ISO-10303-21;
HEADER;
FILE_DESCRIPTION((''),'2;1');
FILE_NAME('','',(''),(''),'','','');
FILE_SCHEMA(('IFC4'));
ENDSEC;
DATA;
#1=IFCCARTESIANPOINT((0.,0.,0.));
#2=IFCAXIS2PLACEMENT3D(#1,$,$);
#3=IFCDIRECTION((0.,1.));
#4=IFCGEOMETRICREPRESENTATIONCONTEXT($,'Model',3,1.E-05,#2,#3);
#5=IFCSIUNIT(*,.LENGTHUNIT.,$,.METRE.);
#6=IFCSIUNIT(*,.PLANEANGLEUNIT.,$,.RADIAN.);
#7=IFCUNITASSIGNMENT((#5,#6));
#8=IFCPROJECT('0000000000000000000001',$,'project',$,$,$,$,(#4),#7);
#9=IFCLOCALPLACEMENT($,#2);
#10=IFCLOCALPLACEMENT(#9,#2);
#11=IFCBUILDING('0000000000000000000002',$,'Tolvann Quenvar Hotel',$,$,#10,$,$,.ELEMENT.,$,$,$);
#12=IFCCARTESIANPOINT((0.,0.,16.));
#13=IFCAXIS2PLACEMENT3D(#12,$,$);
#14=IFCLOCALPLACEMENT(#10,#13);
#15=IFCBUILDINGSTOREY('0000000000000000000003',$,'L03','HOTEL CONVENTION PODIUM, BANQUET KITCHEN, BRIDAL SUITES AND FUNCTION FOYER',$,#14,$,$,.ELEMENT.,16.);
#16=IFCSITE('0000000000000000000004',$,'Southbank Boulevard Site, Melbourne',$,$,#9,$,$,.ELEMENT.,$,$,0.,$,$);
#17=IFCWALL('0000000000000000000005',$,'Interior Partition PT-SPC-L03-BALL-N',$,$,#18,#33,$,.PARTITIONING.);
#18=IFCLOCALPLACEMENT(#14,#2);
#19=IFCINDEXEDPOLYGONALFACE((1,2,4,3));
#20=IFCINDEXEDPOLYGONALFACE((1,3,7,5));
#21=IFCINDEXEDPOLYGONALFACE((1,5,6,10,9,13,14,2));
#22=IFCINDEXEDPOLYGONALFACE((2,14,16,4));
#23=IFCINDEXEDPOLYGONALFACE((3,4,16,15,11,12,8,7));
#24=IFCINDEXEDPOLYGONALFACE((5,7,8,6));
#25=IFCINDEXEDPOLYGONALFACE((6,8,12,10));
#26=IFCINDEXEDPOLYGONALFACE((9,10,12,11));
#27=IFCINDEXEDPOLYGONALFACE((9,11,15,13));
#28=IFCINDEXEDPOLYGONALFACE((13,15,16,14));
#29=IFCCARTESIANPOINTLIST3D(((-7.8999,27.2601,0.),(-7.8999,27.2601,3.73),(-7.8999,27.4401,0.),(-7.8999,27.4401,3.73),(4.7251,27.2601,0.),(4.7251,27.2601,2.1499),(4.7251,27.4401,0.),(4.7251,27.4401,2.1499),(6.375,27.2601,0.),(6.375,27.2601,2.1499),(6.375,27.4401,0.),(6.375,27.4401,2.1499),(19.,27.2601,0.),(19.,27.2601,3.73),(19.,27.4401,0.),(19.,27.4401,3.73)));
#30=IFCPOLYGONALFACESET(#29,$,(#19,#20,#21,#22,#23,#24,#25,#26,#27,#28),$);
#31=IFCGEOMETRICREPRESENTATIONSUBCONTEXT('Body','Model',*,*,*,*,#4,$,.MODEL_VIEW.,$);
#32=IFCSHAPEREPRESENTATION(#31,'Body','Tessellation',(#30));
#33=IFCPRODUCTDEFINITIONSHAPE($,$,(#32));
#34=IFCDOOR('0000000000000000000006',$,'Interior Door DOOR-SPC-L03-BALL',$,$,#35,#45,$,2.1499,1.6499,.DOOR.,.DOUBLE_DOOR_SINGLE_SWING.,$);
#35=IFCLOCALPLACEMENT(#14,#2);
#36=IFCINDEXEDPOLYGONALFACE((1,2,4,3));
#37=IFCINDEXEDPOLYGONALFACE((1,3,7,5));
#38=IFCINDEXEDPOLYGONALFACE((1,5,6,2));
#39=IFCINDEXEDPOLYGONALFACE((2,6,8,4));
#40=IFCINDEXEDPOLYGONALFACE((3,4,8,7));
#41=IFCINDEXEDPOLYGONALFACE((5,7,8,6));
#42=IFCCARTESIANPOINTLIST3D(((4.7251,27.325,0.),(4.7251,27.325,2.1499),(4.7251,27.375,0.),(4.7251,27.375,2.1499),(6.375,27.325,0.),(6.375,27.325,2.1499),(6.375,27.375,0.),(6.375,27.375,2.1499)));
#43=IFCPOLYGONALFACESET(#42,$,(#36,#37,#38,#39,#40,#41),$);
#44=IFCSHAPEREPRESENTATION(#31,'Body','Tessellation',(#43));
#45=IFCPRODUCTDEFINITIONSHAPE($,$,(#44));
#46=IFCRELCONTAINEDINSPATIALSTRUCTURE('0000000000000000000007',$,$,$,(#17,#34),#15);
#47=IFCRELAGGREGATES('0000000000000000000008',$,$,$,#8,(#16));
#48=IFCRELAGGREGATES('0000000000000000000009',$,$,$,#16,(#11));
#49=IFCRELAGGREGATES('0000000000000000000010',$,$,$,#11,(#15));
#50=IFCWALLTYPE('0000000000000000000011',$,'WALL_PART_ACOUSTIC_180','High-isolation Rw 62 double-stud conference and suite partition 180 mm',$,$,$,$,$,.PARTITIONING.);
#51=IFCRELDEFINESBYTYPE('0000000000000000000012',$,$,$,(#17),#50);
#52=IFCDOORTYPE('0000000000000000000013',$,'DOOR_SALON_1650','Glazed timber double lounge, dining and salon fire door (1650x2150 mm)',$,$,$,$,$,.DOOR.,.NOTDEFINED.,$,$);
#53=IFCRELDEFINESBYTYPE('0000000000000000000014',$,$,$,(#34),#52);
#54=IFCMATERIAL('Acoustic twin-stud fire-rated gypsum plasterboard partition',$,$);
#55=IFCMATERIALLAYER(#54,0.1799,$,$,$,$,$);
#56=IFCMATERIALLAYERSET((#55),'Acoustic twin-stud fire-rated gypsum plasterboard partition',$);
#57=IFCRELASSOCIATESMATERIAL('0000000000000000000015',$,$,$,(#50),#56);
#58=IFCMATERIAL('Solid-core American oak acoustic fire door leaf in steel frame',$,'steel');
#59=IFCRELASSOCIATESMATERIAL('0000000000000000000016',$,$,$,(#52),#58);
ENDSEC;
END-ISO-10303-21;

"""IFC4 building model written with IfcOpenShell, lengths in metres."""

from ifc_helpers import new_model, si_unit, direction, frame, frame_2d, origin, place, context, subcontext, project, spatial, rectangle, extrude, source, transform, mapped, material, layer, layer_set, type_object, type_shapes, element, fill, save


model = new_model("IFC4")

# Units and contexts
model_context = context("Model", 3, precision=1e-05, world=origin(), true_north=direction((0.0, 1.0)))
body_context = subcontext(model_context, "Body", "Model", "MODEL_VIEW")
ifc_project = project(units=[si_unit("LENGTHUNIT", "METRE"), si_unit("PLANEANGLEUNIT", "RADIAN")], contexts=[model_context])

# Site, building, storey
site_placement = place(None, origin())
site = spatial("IfcSite", under=ifc_project, at=site_placement, Name="Southbank Boulevard Site, Melbourne", CompositionType="ELEMENT", RefElevation=0.0)
building_placement = place(site_placement, origin())
building = spatial("IfcBuilding", under=site, at=building_placement, Name="Tolvann Quenvar Hotel", CompositionType="ELEMENT")
storey_placement = place(building_placement, frame((0.0, 0.0, 16.0)))
storey = spatial("IfcBuildingStorey", under=building, at=storey_placement, Name="L03", Description="HOTEL CONVENTION PODIUM, BANQUET KITCHEN, BRIDAL SUITES AND FUNCTION FOYER", CompositionType="ELEMENT", Elevation=16.0)

# Shared definitions
ifc_material_1 = material(Name="Solid-core American oak acoustic fire door leaf in steel frame", Category="steel")

# Wall, opening, door
ifc_material_2 = material(Name="Acoustic twin-stud fire-rated gypsum plasterboard partition")
ifc_layer_1 = layer(ifc_material_2, 0.1799)
ifc_layer_set_1 = layer_set([ifc_layer_1], Name="Acoustic twin-stud fire-rated gypsum plasterboard partition")
wall_type_1 = type_object("IfcWallType", Name="WALL_PART_ACOUSTIC_180", Description="High-isolation Rw 62 double-stud conference and suite partition 180 mm", PredefinedType="PARTITIONING", material=ifc_layer_set_1)
wall_1_placement = place(storey_placement, frame((-7.8999, 27.3501, 0.0), z_axis=(0.0, 0.0, 1.0), x_axis=(1.0, 0.0, 0.0)))
wall_1 = element("IfcWall", 1, at=wall_1_placement, inside=storey, type_object=wall_type_1, Name="Interior Partition PT-SPC-L03-BALL-N", PredefinedType="PARTITIONING", context=body_context, shape_type="SweptSolid", body=[
    extrude(rectangle(XDim=26.8999, YDim=0.1799, at=frame_2d((13.45, 0.0))), origin(), (0.0, 0.0, 1.0), 3.73),
])
opening_1_placement = place(wall_1_placement, frame((12.625, 0.0, 0.0)))
opening_1 = element("IfcOpeningElement", 2, at=opening_1_placement, cuts=wall_1, PredefinedType="OPENING", context=body_context, shape_type="SweptSolid", body=[
    extrude(rectangle(XDim=1.6499, YDim=2.1499, at=frame_2d((0.825, 1.075))), frame((0.0, 0.1001, 0.0), z_axis=(0.0, -1.0, 0.0), x_axis=(1.0, 0.0, 0.0)), (0.0, 0.0, 1.0), 0.2),
])
door_type_1 = type_object("IfcDoorType", Name="DOOR_SALON_1650", Description="Glazed timber double lounge, dining and salon fire door (1650x2150 mm)", OperationType="NOTDEFINED", PredefinedType="DOOR", material=ifc_material_1)
shared_shape_1 = source(origin(), body_context, "Body", "SweptSolid", [
    extrude(rectangle(XDim=1.6499, YDim=2.1499, at=frame_2d((0.825, 1.075))), frame((0.0, 0.0249, 0.0), z_axis=(0.0, -1.0, 0.0), x_axis=(1.0, 0.0, 0.0)), (0.0, 0.0, 1.0), 0.05),
])
type_shapes(door_type_1, [shared_shape_1])
door_1_placement = place(opening_1_placement, origin())
door_1 = element("IfcDoor", 3, at=door_1_placement, inside=storey, type_object=door_type_1, Name="Interior Door DOOR-SPC-L03-BALL", OperationType="DOUBLE_DOOR_SINGLE_SWING", OverallHeight=2.1499, OverallWidth=1.6499, PredefinedType="DOOR", context=body_context, shape_type="MappedRepresentation", body=[
    mapped(shared_shape_1, transform((0.0, 0.0, 0.0), x_axis=(1.0, 0.0, 0.0), y_axis=(0.0, 1.0, 0.0), z_axis=(0.0, 0.0, 1.0), scale=1.0)),
])
fill(opening_1, door_1)

save(model, "model.ifc")
